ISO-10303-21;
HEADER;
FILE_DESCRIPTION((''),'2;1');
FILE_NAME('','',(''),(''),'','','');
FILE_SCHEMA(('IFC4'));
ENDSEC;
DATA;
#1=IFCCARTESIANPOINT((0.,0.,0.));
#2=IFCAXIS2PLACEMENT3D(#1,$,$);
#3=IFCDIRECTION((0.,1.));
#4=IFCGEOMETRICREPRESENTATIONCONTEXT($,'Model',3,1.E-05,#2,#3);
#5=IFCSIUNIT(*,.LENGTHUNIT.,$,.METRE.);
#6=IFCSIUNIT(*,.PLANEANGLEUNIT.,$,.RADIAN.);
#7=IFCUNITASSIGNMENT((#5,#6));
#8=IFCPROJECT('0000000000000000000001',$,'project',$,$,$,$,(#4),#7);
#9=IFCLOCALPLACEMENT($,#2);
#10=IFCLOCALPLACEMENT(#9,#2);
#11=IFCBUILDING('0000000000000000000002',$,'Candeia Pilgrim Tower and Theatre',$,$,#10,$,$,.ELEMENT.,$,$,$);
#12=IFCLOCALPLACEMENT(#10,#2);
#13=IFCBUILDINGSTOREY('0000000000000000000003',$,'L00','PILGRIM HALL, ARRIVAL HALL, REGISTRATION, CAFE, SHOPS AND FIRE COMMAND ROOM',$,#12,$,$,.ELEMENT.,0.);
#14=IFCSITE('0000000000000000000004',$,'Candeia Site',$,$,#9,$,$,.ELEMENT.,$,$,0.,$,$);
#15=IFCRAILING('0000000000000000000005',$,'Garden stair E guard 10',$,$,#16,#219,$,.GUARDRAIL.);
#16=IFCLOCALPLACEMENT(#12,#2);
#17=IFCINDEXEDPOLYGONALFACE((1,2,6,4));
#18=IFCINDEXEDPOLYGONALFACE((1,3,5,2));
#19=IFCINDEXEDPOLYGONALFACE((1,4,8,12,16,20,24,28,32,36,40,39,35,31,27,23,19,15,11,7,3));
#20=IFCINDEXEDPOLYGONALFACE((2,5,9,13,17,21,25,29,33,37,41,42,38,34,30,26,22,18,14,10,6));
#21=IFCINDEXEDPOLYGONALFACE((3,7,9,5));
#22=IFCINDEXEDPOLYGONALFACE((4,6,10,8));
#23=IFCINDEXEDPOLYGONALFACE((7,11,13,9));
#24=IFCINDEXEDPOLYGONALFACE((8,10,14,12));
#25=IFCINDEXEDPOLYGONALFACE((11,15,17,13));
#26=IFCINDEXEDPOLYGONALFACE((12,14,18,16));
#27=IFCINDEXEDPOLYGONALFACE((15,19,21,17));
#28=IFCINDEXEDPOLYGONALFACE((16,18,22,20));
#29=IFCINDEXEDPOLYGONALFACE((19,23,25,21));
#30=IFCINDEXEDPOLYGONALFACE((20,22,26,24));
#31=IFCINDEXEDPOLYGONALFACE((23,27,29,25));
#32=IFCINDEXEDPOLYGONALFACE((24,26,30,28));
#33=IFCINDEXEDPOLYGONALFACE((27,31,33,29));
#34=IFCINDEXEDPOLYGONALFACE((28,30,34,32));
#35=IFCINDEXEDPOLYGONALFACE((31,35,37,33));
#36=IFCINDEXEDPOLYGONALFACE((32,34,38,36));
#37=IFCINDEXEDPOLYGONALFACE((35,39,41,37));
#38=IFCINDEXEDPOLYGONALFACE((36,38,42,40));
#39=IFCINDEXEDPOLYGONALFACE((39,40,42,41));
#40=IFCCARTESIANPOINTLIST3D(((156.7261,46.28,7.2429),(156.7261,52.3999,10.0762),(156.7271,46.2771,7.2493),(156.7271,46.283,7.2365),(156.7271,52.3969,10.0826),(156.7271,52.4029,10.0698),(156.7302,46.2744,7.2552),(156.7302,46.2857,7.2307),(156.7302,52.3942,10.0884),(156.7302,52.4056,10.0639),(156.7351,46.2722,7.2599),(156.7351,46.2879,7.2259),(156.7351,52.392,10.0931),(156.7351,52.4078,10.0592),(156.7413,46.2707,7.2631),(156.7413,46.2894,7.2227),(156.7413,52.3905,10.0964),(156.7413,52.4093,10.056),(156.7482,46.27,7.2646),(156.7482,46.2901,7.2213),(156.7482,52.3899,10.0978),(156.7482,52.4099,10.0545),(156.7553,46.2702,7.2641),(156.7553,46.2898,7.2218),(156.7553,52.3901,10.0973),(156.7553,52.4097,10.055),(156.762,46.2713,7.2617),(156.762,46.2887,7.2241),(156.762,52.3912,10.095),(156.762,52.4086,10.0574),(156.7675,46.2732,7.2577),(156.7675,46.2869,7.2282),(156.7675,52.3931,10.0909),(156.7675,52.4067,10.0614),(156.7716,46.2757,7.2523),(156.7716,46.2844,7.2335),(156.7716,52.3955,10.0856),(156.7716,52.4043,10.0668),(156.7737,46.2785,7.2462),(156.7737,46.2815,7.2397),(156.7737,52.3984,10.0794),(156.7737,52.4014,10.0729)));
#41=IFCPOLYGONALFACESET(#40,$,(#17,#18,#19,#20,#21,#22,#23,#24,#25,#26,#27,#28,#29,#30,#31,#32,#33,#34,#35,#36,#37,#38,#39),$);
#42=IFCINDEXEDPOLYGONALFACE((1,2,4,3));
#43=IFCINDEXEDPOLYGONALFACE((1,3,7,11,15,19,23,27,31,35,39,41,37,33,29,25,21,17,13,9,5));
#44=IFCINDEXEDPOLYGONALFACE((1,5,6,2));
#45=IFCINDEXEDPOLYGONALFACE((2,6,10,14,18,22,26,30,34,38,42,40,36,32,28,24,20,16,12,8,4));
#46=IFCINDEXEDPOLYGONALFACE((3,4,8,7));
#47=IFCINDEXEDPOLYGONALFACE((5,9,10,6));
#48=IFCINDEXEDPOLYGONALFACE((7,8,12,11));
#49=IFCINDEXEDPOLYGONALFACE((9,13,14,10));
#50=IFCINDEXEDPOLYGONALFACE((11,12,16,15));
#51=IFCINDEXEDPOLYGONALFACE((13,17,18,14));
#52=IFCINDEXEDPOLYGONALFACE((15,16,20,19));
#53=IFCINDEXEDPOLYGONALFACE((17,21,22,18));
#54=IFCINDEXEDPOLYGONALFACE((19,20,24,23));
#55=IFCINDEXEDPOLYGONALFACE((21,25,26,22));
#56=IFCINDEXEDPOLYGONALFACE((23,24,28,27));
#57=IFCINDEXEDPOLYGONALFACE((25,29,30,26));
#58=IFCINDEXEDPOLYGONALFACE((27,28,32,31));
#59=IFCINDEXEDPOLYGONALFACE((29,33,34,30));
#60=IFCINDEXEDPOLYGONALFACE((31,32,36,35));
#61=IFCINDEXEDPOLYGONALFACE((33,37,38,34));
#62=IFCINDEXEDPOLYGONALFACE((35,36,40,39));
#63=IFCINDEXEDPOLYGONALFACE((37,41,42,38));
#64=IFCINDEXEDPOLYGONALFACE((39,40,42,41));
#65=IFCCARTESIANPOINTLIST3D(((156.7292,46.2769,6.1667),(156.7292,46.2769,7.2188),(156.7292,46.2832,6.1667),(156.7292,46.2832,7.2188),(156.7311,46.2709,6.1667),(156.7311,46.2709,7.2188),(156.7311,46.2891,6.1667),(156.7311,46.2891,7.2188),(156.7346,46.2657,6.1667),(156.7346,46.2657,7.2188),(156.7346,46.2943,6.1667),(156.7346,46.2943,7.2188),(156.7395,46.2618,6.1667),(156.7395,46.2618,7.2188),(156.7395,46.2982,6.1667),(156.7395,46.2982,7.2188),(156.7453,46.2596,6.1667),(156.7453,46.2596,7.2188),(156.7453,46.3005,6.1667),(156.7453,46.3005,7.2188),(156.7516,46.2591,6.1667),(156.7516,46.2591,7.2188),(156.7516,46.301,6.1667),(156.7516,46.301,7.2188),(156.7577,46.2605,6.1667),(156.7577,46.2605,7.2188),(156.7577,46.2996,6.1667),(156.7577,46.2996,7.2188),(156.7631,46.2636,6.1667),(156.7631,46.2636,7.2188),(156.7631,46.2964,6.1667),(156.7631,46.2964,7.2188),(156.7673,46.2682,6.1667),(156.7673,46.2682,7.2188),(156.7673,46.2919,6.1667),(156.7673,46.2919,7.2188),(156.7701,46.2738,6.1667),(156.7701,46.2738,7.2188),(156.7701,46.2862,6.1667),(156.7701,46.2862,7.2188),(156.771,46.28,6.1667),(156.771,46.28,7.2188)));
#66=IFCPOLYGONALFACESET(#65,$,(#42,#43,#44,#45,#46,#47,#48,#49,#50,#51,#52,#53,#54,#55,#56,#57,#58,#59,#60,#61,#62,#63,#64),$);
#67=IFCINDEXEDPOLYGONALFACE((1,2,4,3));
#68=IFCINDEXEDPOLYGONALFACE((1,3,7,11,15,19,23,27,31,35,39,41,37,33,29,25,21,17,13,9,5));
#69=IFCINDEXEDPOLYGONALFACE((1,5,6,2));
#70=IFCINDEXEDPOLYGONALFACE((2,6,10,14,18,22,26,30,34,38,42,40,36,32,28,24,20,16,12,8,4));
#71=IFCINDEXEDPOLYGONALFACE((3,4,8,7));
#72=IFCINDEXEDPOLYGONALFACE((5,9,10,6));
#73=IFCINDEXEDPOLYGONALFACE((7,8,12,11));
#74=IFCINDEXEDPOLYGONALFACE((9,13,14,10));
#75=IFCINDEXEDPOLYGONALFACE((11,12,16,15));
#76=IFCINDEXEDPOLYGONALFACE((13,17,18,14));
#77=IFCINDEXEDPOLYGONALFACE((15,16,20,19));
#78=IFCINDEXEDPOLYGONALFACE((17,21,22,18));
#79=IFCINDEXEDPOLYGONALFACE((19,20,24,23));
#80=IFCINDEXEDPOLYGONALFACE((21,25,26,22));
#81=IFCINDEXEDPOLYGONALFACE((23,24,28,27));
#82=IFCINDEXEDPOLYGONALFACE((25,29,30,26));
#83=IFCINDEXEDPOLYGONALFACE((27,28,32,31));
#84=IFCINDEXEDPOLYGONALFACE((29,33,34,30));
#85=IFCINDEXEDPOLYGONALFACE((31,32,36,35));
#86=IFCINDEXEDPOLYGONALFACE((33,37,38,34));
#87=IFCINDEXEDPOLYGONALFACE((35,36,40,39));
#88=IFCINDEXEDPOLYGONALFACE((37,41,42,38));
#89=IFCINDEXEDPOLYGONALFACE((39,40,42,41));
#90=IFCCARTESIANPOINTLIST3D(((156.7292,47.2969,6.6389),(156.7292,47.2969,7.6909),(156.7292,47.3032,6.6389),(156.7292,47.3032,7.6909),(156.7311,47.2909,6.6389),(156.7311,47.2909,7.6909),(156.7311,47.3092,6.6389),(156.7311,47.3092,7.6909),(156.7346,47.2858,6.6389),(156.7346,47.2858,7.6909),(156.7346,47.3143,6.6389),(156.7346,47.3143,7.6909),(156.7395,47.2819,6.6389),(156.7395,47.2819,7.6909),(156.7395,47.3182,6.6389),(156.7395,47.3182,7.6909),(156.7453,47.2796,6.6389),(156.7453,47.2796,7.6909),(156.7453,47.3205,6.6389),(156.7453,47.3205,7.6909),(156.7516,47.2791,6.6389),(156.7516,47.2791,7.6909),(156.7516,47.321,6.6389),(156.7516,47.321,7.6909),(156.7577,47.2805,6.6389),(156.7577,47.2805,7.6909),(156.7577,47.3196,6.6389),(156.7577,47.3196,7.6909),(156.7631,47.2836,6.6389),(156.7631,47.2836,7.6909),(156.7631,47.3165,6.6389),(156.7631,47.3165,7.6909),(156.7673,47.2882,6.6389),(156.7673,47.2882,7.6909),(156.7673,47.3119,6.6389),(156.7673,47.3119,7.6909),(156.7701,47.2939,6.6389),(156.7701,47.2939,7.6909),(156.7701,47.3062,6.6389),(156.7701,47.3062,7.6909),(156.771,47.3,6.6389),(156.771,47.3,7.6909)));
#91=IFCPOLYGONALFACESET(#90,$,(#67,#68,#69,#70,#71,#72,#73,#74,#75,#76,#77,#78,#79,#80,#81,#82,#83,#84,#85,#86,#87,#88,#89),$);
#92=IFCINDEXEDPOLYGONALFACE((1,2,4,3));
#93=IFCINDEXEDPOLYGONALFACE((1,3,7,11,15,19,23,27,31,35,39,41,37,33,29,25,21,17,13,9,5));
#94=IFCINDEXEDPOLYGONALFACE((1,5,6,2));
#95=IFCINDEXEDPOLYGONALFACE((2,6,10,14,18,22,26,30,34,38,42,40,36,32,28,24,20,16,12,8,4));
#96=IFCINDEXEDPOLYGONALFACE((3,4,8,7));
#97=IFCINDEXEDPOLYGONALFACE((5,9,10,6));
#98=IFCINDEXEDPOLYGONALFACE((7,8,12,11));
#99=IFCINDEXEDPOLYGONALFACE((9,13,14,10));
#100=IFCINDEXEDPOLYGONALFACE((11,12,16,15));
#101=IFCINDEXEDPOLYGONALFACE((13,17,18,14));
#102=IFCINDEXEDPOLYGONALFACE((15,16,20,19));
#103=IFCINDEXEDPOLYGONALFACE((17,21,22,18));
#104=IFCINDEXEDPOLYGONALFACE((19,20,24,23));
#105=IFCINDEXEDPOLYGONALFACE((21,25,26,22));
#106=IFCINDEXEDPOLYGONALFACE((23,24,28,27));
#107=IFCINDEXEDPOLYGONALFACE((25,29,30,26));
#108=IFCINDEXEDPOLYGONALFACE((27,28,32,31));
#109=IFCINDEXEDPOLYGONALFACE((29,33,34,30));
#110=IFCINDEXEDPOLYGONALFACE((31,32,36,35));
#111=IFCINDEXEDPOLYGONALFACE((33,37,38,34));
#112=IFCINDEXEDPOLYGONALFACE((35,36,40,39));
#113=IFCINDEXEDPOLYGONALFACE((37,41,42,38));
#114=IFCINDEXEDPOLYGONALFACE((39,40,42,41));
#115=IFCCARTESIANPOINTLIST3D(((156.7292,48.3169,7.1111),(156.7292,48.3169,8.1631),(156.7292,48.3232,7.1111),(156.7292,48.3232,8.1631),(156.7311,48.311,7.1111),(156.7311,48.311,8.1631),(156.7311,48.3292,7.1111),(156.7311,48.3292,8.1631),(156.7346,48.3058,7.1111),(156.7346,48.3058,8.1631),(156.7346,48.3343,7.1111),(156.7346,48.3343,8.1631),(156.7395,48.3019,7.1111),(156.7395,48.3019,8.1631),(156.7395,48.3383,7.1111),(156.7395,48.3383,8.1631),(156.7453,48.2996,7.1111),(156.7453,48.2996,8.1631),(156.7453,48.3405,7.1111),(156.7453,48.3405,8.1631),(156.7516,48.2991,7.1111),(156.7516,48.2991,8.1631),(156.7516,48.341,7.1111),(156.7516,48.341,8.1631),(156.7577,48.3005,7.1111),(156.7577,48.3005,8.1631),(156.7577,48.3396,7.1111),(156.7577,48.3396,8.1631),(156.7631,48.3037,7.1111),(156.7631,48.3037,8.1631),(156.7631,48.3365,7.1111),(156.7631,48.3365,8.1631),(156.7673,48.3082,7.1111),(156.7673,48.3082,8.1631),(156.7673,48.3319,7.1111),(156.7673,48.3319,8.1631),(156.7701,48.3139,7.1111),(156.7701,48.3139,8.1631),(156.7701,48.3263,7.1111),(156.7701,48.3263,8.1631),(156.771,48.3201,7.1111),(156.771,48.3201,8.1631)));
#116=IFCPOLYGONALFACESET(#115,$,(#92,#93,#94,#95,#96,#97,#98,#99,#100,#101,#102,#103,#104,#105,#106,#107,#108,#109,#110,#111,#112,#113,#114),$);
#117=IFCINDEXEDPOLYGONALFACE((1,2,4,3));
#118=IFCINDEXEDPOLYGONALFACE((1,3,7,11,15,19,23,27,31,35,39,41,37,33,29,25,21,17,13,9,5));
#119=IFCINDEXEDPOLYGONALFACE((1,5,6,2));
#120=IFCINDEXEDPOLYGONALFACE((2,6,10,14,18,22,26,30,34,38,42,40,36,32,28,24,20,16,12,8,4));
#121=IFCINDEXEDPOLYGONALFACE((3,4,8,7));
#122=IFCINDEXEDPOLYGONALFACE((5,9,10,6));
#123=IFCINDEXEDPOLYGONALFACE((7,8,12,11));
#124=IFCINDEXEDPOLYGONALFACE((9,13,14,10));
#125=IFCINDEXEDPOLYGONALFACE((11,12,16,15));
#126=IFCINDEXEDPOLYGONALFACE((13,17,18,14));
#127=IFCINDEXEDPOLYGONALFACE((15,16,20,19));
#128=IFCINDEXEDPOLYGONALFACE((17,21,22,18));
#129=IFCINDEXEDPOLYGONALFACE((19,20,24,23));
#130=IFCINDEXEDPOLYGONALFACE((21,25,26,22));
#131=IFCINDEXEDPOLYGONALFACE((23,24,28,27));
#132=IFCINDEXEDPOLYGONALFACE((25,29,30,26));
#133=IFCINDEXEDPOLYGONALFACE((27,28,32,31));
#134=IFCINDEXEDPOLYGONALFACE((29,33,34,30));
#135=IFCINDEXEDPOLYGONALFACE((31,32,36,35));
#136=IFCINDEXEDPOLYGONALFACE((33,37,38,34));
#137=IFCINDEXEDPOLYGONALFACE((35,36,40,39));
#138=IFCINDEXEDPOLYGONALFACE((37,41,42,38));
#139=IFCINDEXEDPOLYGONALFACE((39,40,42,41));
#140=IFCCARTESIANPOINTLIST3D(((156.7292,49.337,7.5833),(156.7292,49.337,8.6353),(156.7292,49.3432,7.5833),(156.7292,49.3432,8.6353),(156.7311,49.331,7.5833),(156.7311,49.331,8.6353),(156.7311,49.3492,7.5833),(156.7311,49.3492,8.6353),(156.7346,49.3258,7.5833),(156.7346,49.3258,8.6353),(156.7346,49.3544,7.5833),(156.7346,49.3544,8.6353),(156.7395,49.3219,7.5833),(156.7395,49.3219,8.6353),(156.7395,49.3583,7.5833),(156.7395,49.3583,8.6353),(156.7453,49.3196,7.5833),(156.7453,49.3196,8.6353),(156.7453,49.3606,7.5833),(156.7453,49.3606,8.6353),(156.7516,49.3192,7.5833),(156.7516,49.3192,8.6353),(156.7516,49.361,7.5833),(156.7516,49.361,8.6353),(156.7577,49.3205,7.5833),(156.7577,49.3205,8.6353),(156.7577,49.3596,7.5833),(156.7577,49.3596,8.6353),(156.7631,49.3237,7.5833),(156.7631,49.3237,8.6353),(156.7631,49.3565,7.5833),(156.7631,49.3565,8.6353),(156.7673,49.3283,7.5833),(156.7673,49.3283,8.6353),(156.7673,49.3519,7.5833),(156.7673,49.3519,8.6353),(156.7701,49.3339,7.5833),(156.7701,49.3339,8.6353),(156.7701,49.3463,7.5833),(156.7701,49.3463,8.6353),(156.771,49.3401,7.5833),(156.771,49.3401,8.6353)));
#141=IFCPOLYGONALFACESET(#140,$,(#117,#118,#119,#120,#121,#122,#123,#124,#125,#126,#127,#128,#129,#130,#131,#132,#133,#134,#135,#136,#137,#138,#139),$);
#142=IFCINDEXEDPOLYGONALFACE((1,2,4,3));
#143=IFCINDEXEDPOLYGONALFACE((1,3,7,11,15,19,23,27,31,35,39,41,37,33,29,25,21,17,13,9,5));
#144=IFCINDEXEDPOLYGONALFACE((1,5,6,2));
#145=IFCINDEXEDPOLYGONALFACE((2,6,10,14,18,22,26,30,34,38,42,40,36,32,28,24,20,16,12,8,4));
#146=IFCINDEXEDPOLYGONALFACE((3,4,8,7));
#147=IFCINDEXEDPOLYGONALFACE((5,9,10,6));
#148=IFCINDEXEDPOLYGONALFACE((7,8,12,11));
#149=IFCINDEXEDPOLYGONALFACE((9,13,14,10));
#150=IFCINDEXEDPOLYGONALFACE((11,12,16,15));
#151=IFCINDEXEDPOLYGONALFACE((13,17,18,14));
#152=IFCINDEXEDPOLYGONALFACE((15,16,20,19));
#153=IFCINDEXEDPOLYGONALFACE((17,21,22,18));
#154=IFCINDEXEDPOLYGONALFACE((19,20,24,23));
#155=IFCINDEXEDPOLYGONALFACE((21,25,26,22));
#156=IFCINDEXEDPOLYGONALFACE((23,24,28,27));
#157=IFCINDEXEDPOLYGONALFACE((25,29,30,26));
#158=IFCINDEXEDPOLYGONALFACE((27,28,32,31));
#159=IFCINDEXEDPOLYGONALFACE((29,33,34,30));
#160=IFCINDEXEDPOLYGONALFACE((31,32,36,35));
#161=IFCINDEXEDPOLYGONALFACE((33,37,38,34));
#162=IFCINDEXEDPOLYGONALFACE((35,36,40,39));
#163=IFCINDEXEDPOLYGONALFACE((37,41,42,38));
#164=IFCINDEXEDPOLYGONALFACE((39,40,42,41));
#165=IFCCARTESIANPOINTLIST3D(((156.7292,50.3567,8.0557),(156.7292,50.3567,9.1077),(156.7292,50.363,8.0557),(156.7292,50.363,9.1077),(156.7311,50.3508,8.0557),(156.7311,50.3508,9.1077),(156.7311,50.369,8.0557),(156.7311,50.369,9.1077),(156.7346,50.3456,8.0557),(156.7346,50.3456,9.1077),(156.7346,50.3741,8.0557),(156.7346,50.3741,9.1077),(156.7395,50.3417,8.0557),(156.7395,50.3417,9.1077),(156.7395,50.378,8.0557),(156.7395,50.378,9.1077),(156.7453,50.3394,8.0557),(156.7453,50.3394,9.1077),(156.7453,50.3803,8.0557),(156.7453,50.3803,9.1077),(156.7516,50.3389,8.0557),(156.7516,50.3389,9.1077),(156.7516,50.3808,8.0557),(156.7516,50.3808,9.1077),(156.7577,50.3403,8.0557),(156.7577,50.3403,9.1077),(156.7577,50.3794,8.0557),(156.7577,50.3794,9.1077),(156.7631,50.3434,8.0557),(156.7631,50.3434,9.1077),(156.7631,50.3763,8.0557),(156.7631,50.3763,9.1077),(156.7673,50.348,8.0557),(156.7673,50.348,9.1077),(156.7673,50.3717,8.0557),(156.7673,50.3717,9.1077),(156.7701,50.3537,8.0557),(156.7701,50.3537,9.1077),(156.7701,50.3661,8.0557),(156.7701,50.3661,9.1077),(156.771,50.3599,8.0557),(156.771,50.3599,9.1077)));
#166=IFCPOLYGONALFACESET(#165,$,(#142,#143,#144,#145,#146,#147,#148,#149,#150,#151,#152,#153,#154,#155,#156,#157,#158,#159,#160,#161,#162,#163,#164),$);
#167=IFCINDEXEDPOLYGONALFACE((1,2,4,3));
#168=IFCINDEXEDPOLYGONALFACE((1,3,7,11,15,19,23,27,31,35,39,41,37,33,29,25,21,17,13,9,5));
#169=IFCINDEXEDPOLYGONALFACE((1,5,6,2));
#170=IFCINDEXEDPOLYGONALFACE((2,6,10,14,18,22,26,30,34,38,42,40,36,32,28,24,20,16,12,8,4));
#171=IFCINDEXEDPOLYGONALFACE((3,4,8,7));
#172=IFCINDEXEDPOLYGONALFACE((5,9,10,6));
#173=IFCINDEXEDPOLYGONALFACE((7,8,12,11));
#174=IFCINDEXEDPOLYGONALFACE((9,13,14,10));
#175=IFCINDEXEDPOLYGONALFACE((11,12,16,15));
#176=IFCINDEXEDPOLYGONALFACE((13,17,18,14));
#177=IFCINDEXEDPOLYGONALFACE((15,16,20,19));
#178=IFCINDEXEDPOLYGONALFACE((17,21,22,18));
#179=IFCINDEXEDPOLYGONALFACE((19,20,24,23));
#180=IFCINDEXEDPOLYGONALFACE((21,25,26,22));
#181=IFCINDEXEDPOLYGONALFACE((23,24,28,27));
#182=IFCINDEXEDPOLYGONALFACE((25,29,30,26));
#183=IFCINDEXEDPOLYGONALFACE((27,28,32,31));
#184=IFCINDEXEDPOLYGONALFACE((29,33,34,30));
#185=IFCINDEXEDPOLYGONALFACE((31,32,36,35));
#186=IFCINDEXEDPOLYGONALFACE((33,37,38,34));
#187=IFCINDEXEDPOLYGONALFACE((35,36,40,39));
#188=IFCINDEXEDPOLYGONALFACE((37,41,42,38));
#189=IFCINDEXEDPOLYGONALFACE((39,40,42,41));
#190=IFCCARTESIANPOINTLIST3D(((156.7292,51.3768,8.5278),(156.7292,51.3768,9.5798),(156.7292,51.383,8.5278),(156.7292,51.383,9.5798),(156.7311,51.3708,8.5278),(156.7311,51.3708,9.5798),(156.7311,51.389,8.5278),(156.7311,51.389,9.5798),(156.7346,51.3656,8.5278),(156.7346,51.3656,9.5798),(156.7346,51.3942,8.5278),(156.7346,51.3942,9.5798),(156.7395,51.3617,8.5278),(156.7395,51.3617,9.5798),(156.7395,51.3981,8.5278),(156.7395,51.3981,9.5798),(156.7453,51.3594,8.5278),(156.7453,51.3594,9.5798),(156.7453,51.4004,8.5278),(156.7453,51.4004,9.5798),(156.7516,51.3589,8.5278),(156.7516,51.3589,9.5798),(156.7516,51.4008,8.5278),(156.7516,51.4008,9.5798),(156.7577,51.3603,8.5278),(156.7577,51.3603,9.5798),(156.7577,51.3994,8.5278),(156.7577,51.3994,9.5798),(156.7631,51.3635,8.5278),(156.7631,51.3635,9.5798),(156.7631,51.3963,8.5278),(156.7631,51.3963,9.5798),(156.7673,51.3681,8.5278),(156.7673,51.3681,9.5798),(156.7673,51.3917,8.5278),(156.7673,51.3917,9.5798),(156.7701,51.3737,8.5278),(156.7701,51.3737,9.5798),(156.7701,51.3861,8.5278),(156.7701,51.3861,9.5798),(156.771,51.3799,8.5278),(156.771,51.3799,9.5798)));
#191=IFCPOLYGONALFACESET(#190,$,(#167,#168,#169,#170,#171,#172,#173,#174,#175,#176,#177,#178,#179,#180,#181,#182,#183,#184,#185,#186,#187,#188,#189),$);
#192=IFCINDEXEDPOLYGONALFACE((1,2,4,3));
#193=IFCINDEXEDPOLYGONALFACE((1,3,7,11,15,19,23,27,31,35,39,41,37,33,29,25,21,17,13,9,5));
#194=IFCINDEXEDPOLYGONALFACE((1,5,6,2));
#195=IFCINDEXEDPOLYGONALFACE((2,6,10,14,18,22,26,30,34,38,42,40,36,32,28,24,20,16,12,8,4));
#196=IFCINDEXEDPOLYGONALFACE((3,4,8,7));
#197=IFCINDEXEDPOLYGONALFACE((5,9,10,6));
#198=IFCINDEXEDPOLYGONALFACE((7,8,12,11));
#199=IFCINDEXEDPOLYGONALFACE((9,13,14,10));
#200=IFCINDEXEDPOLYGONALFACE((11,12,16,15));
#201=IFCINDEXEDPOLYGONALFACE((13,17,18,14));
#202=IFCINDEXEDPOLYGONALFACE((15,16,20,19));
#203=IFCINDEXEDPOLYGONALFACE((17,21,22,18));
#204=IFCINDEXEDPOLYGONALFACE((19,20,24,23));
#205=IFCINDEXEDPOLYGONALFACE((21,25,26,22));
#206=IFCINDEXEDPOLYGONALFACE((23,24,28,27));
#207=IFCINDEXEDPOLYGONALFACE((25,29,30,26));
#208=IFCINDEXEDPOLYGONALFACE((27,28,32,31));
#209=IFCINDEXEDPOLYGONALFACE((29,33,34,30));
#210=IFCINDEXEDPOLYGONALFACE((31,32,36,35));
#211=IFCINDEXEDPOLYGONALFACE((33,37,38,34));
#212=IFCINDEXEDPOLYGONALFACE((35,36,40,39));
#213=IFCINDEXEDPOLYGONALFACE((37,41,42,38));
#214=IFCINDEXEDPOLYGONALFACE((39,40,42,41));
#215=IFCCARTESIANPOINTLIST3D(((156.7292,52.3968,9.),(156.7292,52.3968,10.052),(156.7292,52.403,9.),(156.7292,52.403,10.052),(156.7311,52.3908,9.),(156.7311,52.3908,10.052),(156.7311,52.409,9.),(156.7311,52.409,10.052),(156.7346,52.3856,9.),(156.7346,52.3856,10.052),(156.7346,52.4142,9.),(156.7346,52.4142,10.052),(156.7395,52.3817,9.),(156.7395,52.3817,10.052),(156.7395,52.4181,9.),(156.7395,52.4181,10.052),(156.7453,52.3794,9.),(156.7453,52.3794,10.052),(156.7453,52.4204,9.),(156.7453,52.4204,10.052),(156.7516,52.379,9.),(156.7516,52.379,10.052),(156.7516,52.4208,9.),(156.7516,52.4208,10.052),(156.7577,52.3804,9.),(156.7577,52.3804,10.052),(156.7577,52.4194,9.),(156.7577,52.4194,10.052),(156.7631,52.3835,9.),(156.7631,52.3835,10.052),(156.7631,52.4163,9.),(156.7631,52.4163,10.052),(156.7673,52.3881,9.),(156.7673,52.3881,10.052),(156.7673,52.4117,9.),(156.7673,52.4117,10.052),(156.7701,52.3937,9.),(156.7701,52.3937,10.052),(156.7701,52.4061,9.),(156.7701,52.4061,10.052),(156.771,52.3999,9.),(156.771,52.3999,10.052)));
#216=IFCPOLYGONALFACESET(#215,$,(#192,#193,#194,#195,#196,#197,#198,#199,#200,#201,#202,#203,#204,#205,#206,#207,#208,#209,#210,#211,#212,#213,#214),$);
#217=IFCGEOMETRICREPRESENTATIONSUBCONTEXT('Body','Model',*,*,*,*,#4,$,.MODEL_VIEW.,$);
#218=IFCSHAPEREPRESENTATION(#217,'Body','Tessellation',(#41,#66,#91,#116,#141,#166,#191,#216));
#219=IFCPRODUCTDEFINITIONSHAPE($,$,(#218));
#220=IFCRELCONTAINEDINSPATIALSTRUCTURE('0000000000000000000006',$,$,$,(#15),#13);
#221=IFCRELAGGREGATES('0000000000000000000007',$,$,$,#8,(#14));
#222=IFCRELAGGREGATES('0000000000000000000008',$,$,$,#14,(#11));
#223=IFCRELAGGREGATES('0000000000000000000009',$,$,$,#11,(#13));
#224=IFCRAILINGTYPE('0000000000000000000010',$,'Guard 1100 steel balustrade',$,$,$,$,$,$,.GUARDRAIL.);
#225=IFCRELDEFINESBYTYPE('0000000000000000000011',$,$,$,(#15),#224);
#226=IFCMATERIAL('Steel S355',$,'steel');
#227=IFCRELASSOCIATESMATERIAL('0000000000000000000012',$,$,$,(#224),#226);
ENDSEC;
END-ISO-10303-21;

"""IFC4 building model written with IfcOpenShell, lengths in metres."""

from ifc_helpers import new_model, si_unit, direction, frame, origin, origin_2d, place, context, subcontext, project, spatial, circle, extrude, material, type_object, element, save


model = new_model("IFC4")

# Units and contexts
model_context = context("Model", 3, precision=1e-05, world=origin(), true_north=direction((0.0, 1.0)))
body_context = subcontext(model_context, "Body", "Model", "MODEL_VIEW")
ifc_project = project(units=[si_unit("LENGTHUNIT", "METRE"), si_unit("PLANEANGLEUNIT", "RADIAN")], contexts=[model_context])

# Site, building, storey
site_placement = place(None, origin())
site = spatial("IfcSite", under=ifc_project, at=site_placement, Name="Candeia Site", CompositionType="ELEMENT", RefElevation=0.0)
building_placement = place(site_placement, origin())
building = spatial("IfcBuilding", under=site, at=building_placement, Name="Candeia Pilgrim Tower and Theatre", CompositionType="ELEMENT")
storey_placement = place(building_placement, origin())
storey = spatial("IfcBuildingStorey", under=building, at=storey_placement, Name="L00", Description="PILGRIM HALL, ARRIVAL HALL, REGISTRATION, CAFE, SHOPS AND FIRE COMMAND ROOM", CompositionType="ELEMENT", Elevation=0.0)

# Railing
ifc_material_1 = material(Name="Steel S355", Category="steel")
railing_type_1 = type_object("IfcRailingType", Name="Guard 1100 steel balustrade", PredefinedType="GUARDRAIL", material=ifc_material_1)
for number, where, name in (
    (1, (156.75, 46.28, 6.1667), "Garden stair E guard 10"),
):
    element("IfcRailing", number, at=place(storey_placement, frame(where)), inside=storey, type_object=railing_type_1, Name=name, PredefinedType="GUARDRAIL", context=body_context, shape_type="SweptSolid", body=[
        extrude(circle(Radius=0.0239, at=origin_2d()), frame((0.0, 0.0, 1.0762), z_axis=(0.0, 0.907468, 0.420121), x_axis=(-1.0, 0.0, 0.0)), (0.0, 0.0, 1.0), 6.7439),
        extrude(circle(Radius=0.021, at=origin_2d()), origin(), (0.0, 0.0, 1.0), 1.052),
        extrude(circle(Radius=0.021, at=origin_2d()), frame((0.0, 1.02, 0.4722)), (0.0, 0.0, 1.0), 1.052),
        extrude(circle(Radius=0.021, at=origin_2d()), frame((0.0, 2.04, 0.9443)), (0.0, 0.0, 1.0), 1.052),
        extrude(circle(Radius=0.021, at=origin_2d()), frame((0.0, 3.0601, 1.4165)), (0.0, 0.0, 1.0), 1.052),
        extrude(circle(Radius=0.021, at=origin_2d()), frame((0.0, 4.0798, 1.8889)), (0.0, 0.0, 1.0), 1.052),
        extrude(circle(Radius=0.021, at=origin_2d()), frame((0.0, 5.0999, 2.3611)), (0.0, 0.0, 1.0), 1.052),
        extrude(circle(Radius=0.021, at=origin_2d()), frame((0.0, 6.1199, 2.8333)), (0.0, 0.0, 1.0), 1.052),
    ])

save(model, "model.ifc")
